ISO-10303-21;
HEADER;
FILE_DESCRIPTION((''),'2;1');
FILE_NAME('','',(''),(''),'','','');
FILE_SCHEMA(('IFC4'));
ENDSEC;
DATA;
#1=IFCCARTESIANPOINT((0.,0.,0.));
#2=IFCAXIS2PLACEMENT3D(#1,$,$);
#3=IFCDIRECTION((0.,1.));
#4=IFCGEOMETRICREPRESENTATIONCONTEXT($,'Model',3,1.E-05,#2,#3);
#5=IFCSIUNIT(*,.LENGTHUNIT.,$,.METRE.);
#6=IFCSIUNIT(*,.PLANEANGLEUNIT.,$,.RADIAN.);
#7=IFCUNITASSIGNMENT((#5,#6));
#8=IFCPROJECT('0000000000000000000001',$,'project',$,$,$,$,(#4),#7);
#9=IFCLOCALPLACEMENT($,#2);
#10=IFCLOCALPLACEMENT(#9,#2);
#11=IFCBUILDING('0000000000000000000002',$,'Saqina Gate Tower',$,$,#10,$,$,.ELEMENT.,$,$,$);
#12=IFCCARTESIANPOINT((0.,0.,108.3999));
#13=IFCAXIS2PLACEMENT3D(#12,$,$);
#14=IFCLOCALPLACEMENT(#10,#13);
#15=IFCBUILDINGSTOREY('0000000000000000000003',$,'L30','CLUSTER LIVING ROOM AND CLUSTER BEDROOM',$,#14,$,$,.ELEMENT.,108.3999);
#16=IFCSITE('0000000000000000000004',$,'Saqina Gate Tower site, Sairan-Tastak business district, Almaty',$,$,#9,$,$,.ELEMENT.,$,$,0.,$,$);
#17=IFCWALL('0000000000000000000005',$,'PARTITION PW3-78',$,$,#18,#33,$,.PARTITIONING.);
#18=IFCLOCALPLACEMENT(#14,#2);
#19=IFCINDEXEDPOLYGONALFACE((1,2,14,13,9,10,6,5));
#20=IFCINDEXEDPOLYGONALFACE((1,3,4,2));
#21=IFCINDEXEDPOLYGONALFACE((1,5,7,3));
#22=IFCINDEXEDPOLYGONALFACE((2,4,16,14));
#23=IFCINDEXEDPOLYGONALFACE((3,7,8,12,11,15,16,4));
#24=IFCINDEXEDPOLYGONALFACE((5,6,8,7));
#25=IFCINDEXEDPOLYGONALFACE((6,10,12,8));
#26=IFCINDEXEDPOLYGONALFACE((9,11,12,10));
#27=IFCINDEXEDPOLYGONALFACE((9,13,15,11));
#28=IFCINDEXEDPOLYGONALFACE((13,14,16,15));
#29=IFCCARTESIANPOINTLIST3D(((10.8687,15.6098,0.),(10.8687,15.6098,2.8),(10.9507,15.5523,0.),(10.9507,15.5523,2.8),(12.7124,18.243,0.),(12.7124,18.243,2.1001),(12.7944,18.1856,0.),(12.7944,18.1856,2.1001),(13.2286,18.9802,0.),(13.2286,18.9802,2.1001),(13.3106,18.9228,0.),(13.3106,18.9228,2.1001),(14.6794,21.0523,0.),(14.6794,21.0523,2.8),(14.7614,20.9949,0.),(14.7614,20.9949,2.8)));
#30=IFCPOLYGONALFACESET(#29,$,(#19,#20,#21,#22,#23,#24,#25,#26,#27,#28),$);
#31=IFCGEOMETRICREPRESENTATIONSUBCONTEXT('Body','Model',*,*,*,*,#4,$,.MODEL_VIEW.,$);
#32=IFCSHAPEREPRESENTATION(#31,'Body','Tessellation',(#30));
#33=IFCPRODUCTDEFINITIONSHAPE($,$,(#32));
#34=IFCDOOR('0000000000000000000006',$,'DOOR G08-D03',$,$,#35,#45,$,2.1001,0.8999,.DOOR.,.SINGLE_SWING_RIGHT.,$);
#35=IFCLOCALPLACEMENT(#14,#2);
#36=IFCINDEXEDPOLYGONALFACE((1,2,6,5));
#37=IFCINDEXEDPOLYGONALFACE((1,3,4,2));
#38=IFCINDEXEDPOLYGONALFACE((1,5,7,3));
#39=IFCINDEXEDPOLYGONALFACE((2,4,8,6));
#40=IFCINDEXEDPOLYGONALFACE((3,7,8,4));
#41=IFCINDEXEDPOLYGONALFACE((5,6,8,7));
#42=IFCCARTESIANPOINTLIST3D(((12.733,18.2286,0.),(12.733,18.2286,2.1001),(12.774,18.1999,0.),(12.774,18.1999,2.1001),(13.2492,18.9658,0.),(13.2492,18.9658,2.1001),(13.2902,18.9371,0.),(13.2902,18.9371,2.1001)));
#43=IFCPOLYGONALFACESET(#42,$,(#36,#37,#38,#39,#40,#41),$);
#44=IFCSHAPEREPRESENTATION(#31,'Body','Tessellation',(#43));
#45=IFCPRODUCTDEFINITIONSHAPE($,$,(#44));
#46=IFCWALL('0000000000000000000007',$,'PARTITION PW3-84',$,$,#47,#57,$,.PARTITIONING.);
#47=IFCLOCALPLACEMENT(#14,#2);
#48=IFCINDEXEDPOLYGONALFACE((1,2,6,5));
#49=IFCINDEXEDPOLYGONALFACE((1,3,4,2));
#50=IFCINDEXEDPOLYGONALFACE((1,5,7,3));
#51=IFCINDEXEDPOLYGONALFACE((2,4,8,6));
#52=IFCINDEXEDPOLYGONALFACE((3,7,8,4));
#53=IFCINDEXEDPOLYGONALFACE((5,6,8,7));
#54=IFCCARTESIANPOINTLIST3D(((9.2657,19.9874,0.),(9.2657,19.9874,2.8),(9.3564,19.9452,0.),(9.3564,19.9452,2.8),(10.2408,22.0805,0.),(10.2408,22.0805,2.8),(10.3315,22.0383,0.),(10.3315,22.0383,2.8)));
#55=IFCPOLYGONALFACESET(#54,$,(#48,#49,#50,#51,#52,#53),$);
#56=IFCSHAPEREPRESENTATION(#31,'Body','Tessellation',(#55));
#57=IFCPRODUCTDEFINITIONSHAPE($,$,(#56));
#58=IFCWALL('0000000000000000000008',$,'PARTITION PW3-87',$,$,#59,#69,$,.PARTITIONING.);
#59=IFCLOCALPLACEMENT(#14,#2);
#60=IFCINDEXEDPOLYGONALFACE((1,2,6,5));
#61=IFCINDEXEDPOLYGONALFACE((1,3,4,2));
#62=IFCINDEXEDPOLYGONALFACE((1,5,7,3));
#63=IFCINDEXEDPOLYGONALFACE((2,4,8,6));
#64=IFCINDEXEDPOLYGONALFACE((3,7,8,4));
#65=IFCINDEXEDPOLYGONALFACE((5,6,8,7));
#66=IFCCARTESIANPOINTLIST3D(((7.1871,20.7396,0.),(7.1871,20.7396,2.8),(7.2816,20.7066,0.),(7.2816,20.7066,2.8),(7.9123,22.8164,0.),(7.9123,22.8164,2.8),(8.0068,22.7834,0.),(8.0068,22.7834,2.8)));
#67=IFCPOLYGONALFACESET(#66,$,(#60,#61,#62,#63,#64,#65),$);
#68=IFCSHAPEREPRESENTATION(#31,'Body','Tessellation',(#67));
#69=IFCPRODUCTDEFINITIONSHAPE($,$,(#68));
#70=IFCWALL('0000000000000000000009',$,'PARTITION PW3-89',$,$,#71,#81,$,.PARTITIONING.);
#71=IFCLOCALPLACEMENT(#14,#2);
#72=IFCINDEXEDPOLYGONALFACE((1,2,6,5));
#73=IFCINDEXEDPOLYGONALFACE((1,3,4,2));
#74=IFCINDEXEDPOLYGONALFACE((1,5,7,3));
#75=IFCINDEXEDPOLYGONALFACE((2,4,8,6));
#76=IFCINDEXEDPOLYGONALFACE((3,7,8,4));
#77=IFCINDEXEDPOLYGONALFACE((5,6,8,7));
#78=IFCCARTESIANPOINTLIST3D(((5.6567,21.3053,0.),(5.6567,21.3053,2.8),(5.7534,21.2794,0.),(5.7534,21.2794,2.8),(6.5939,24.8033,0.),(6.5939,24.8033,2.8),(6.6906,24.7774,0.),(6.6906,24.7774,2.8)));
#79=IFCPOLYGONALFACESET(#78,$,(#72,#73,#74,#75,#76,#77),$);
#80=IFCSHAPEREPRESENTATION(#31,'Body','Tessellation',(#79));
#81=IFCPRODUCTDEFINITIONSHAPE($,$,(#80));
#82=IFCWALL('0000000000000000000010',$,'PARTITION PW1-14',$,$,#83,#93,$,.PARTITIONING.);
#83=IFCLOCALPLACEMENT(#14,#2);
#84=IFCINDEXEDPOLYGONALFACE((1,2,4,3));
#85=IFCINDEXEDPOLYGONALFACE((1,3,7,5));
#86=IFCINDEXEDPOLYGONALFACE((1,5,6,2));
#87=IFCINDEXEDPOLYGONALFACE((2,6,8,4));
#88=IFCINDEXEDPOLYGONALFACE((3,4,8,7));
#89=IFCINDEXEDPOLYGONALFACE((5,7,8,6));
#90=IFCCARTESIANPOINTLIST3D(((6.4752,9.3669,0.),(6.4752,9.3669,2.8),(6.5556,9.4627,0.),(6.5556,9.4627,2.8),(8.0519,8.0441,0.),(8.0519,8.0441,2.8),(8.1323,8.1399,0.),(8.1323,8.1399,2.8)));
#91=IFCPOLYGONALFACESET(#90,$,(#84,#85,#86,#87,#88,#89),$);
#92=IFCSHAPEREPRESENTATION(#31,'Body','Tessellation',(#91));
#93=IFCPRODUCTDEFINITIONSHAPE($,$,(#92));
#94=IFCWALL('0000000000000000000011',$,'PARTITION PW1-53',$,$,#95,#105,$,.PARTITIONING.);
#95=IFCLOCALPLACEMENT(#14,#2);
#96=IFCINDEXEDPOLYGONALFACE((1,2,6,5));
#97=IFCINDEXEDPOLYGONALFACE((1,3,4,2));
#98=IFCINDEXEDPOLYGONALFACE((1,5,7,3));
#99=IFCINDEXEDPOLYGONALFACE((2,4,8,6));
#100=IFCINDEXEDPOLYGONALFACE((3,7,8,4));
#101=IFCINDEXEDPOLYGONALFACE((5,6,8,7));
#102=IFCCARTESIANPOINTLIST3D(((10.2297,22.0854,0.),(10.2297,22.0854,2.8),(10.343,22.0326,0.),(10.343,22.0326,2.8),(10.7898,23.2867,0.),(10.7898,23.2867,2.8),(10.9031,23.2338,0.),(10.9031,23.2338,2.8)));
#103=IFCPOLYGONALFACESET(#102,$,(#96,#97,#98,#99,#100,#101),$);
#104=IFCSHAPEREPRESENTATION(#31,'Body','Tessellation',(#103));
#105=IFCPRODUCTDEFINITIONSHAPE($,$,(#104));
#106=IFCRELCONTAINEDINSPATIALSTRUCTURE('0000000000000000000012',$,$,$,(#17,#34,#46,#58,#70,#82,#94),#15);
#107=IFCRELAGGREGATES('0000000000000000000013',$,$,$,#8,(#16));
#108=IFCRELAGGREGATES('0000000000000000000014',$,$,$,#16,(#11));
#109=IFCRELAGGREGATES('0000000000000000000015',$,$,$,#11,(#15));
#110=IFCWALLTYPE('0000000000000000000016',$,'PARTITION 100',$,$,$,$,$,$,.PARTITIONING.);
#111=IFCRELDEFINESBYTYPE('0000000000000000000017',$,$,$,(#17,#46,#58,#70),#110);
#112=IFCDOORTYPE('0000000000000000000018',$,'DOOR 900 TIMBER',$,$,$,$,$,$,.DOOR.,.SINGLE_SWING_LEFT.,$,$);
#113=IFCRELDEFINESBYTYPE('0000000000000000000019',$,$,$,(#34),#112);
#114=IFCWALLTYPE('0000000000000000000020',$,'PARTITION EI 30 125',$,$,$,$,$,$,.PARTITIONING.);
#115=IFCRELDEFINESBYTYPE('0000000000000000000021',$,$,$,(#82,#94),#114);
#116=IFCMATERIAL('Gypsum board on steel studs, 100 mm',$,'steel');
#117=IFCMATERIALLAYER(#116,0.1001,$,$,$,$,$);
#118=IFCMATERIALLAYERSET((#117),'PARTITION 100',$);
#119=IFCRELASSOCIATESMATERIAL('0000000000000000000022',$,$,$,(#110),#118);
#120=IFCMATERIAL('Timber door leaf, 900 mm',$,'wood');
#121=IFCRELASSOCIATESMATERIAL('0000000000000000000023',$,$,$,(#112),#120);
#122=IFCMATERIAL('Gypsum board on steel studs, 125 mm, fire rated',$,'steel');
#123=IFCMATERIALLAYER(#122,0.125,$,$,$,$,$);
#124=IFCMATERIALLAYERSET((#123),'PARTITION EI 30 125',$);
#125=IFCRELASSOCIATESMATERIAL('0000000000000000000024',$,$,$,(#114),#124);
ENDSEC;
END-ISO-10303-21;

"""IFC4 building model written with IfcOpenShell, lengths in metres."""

from ifc_helpers import new_model, si_unit, direction, frame, frame_2d, origin, place, context, subcontext, project, spatial, rectangle, extrude, material, layer, layer_set, type_object, element, fill, save


model = new_model("IFC4")

# Units and contexts
model_context = context("Model", 3, precision=1e-05, world=origin(), true_north=direction((0.0, 1.0)))
body_context = subcontext(model_context, "Body", "Model", "MODEL_VIEW")
ifc_project = project(units=[si_unit("LENGTHUNIT", "METRE"), si_unit("PLANEANGLEUNIT", "RADIAN")], contexts=[model_context])

# Site, building, storey
site_placement = place(None, origin())
site = spatial("IfcSite", under=ifc_project, at=site_placement, Name="Saqina Gate Tower site, Sairan-Tastak business district, Almaty", CompositionType="ELEMENT", RefElevation=0.0)
building_placement = place(site_placement, origin())
building = spatial("IfcBuilding", under=site, at=building_placement, Name="Saqina Gate Tower", CompositionType="ELEMENT")
storey_placement = place(building_placement, frame((0.0, 0.0, 108.3999)))
storey = spatial("IfcBuildingStorey", under=building, at=storey_placement, Name="L30", Description="CLUSTER LIVING ROOM AND CLUSTER BEDROOM", CompositionType="ELEMENT", Elevation=108.3999)

# Shared definitions
ifc_material_1 = material(Name="Gypsum board on steel studs, 100 mm", Category="steel")
ifc_layer_1 = layer(ifc_material_1, 0.1001)
ifc_layer_set_1 = layer_set([ifc_layer_1], Name="PARTITION 100")
wall_type_1 = type_object("IfcWallType", Name="PARTITION 100", PredefinedType="PARTITIONING", material=ifc_layer_set_1)

# Wall, opening, door
wall_1_placement = place(storey_placement, frame((10.9097, 15.5811, 0.0), z_axis=(0.0, 0.0, 1.0), x_axis=(0.573559, 0.819165, 0.0)))
wall_1 = element("IfcWall", 1, at=wall_1_placement, inside=storey, type_object=wall_type_1, Name="PARTITION PW3-78", PredefinedType="PARTITIONING", context=body_context, shape_type="SweptSolid", body=[
    extrude(rectangle(XDim=6.644, YDim=0.1001, at=frame_2d((3.322, 0.0))), origin(), (0.0, 0.0, 1.0), 2.8),
])
opening_1_placement = place(wall_1_placement, frame((3.2146, 0.0, 0.0)))
opening_1 = element("IfcOpeningElement", 2, at=opening_1_placement, cuts=wall_1, PredefinedType="OPENING", context=body_context, shape_type="SweptSolid", body=[
    extrude(rectangle(XDim=0.8999, YDim=2.1001, at=frame_2d((0.45, 1.05))), frame((0.0, 0.062, 0.0), z_axis=(0.0, -1.0, 0.0), x_axis=(1.0, 0.0, 0.0)), (0.0, 0.0, 1.0), 0.124),
])
ifc_material_2 = material(Name="Timber door leaf, 900 mm", Category="wood")
door_type_1 = type_object("IfcDoorType", Name="DOOR 900 TIMBER", OperationType="SINGLE_SWING_LEFT", PredefinedType="DOOR", material=ifc_material_2)
door_1_placement = place(opening_1_placement, origin())
door_1 = element("IfcDoor", 3, at=door_1_placement, inside=storey, type_object=door_type_1, Name="DOOR G08-D03", OperationType="SINGLE_SWING_RIGHT", OverallHeight=2.1001, OverallWidth=0.8999, PredefinedType="DOOR", context=body_context, shape_type="SweptSolid", body=[
    extrude(rectangle(XDim=0.8999, YDim=2.1001, at=frame_2d((0.45, 1.05))), frame((0.0, 0.0249, 0.0), z_axis=(0.0, -1.0, 0.0), x_axis=(1.0, 0.0, 0.0)), (0.0, 0.0, 1.0), 0.05),
])
fill(opening_1, door_1)

# Walls
wall_2_placement = place(storey_placement, frame((9.311, 19.9663, 0.0), z_axis=(0.0, 0.0, 1.0), x_axis=(0.422301, 0.906456, 0.0)))
element("IfcWall", 4, at=wall_2_placement, inside=storey, type_object=wall_type_1, Name="PARTITION PW3-84", PredefinedType="PARTITIONING", context=body_context, shape_type="SweptSolid", body=[
    extrude(rectangle(XDim=2.3091, YDim=0.1001, at=frame_2d((1.1545, 0.0))), origin(), (0.0, 0.0, 1.0), 2.8),
])
wall_3_placement = place(storey_placement, frame((7.2344, 20.7231, 0.0), z_axis=(0.0, 0.0, 1.0), x_axis=(0.329648, 0.944104, 0.0)))
element("IfcWall", 5, at=wall_3_placement, inside=storey, type_object=wall_type_1, Name="PARTITION PW3-87", PredefinedType="PARTITIONING", context=body_context, shape_type="SweptSolid", body=[
    extrude(rectangle(XDim=2.1997, YDim=0.1001, at=frame_2d((1.0999, 0.0))), origin(), (0.0, 0.0, 1.0), 2.8),
])
wall_4_placement = place(storey_placement, frame((5.7051, 21.2925, 0.0), z_axis=(0.0, 0.0, 1.0), x_axis=(0.258808, 0.965929, 0.0)))
element("IfcWall", 6, at=wall_4_placement, inside=storey, type_object=wall_type_1, Name="PARTITION PW3-89", PredefinedType="PARTITIONING", context=body_context, shape_type="SweptSolid", body=[
    extrude(rectangle(XDim=3.6213, YDim=0.1001, at=frame_2d((1.8105, 0.0))), origin(), (0.0, 0.0, 1.0), 2.8),
])
ifc_material_3 = material(Name="Gypsum board on steel studs, 125 mm, fire rated", Category="steel")
ifc_layer_2 = layer(ifc_material_3, 0.125)
ifc_layer_set_2 = layer_set([ifc_layer_2], Name="PARTITION EI 30 125")
wall_type_2 = type_object("IfcWallType", Name="PARTITION EI 30 125", PredefinedType="PARTITIONING", material=ifc_layer_set_2)
wall_5_placement = place(storey_placement, frame((6.5154, 9.4148, 0.0), z_axis=(0.0, 0.0, 1.0), x_axis=(0.766097, -0.642725, 0.0)))
element("IfcWall", 7, at=wall_5_placement, inside=storey, type_object=wall_type_2, Name="PARTITION PW1-14", PredefinedType="PARTITIONING", context=body_context, shape_type="SweptSolid", body=[
    extrude(rectangle(XDim=2.0581, YDim=0.125, at=frame_2d((1.0291, 0.0))), origin(), (0.0, 0.0, 1.0), 2.8),
])
wall_6_placement = place(storey_placement, frame((10.2864, 22.0591, 0.0), z_axis=(0.0, 0.0, 1.0), x_axis=(0.422583, 0.906324, 0.0)))
element("IfcWall", 8, at=wall_6_placement, inside=storey, type_object=wall_type_2, Name="PARTITION PW1-53", PredefinedType="PARTITIONING", context=body_context, shape_type="SweptSolid", body=[
    extrude(rectangle(XDim=1.3254, YDim=0.125, at=frame_2d((0.6626, 0.0))), origin(), (0.0, 0.0, 1.0), 2.8),
])

save(model, "model.ifc")
